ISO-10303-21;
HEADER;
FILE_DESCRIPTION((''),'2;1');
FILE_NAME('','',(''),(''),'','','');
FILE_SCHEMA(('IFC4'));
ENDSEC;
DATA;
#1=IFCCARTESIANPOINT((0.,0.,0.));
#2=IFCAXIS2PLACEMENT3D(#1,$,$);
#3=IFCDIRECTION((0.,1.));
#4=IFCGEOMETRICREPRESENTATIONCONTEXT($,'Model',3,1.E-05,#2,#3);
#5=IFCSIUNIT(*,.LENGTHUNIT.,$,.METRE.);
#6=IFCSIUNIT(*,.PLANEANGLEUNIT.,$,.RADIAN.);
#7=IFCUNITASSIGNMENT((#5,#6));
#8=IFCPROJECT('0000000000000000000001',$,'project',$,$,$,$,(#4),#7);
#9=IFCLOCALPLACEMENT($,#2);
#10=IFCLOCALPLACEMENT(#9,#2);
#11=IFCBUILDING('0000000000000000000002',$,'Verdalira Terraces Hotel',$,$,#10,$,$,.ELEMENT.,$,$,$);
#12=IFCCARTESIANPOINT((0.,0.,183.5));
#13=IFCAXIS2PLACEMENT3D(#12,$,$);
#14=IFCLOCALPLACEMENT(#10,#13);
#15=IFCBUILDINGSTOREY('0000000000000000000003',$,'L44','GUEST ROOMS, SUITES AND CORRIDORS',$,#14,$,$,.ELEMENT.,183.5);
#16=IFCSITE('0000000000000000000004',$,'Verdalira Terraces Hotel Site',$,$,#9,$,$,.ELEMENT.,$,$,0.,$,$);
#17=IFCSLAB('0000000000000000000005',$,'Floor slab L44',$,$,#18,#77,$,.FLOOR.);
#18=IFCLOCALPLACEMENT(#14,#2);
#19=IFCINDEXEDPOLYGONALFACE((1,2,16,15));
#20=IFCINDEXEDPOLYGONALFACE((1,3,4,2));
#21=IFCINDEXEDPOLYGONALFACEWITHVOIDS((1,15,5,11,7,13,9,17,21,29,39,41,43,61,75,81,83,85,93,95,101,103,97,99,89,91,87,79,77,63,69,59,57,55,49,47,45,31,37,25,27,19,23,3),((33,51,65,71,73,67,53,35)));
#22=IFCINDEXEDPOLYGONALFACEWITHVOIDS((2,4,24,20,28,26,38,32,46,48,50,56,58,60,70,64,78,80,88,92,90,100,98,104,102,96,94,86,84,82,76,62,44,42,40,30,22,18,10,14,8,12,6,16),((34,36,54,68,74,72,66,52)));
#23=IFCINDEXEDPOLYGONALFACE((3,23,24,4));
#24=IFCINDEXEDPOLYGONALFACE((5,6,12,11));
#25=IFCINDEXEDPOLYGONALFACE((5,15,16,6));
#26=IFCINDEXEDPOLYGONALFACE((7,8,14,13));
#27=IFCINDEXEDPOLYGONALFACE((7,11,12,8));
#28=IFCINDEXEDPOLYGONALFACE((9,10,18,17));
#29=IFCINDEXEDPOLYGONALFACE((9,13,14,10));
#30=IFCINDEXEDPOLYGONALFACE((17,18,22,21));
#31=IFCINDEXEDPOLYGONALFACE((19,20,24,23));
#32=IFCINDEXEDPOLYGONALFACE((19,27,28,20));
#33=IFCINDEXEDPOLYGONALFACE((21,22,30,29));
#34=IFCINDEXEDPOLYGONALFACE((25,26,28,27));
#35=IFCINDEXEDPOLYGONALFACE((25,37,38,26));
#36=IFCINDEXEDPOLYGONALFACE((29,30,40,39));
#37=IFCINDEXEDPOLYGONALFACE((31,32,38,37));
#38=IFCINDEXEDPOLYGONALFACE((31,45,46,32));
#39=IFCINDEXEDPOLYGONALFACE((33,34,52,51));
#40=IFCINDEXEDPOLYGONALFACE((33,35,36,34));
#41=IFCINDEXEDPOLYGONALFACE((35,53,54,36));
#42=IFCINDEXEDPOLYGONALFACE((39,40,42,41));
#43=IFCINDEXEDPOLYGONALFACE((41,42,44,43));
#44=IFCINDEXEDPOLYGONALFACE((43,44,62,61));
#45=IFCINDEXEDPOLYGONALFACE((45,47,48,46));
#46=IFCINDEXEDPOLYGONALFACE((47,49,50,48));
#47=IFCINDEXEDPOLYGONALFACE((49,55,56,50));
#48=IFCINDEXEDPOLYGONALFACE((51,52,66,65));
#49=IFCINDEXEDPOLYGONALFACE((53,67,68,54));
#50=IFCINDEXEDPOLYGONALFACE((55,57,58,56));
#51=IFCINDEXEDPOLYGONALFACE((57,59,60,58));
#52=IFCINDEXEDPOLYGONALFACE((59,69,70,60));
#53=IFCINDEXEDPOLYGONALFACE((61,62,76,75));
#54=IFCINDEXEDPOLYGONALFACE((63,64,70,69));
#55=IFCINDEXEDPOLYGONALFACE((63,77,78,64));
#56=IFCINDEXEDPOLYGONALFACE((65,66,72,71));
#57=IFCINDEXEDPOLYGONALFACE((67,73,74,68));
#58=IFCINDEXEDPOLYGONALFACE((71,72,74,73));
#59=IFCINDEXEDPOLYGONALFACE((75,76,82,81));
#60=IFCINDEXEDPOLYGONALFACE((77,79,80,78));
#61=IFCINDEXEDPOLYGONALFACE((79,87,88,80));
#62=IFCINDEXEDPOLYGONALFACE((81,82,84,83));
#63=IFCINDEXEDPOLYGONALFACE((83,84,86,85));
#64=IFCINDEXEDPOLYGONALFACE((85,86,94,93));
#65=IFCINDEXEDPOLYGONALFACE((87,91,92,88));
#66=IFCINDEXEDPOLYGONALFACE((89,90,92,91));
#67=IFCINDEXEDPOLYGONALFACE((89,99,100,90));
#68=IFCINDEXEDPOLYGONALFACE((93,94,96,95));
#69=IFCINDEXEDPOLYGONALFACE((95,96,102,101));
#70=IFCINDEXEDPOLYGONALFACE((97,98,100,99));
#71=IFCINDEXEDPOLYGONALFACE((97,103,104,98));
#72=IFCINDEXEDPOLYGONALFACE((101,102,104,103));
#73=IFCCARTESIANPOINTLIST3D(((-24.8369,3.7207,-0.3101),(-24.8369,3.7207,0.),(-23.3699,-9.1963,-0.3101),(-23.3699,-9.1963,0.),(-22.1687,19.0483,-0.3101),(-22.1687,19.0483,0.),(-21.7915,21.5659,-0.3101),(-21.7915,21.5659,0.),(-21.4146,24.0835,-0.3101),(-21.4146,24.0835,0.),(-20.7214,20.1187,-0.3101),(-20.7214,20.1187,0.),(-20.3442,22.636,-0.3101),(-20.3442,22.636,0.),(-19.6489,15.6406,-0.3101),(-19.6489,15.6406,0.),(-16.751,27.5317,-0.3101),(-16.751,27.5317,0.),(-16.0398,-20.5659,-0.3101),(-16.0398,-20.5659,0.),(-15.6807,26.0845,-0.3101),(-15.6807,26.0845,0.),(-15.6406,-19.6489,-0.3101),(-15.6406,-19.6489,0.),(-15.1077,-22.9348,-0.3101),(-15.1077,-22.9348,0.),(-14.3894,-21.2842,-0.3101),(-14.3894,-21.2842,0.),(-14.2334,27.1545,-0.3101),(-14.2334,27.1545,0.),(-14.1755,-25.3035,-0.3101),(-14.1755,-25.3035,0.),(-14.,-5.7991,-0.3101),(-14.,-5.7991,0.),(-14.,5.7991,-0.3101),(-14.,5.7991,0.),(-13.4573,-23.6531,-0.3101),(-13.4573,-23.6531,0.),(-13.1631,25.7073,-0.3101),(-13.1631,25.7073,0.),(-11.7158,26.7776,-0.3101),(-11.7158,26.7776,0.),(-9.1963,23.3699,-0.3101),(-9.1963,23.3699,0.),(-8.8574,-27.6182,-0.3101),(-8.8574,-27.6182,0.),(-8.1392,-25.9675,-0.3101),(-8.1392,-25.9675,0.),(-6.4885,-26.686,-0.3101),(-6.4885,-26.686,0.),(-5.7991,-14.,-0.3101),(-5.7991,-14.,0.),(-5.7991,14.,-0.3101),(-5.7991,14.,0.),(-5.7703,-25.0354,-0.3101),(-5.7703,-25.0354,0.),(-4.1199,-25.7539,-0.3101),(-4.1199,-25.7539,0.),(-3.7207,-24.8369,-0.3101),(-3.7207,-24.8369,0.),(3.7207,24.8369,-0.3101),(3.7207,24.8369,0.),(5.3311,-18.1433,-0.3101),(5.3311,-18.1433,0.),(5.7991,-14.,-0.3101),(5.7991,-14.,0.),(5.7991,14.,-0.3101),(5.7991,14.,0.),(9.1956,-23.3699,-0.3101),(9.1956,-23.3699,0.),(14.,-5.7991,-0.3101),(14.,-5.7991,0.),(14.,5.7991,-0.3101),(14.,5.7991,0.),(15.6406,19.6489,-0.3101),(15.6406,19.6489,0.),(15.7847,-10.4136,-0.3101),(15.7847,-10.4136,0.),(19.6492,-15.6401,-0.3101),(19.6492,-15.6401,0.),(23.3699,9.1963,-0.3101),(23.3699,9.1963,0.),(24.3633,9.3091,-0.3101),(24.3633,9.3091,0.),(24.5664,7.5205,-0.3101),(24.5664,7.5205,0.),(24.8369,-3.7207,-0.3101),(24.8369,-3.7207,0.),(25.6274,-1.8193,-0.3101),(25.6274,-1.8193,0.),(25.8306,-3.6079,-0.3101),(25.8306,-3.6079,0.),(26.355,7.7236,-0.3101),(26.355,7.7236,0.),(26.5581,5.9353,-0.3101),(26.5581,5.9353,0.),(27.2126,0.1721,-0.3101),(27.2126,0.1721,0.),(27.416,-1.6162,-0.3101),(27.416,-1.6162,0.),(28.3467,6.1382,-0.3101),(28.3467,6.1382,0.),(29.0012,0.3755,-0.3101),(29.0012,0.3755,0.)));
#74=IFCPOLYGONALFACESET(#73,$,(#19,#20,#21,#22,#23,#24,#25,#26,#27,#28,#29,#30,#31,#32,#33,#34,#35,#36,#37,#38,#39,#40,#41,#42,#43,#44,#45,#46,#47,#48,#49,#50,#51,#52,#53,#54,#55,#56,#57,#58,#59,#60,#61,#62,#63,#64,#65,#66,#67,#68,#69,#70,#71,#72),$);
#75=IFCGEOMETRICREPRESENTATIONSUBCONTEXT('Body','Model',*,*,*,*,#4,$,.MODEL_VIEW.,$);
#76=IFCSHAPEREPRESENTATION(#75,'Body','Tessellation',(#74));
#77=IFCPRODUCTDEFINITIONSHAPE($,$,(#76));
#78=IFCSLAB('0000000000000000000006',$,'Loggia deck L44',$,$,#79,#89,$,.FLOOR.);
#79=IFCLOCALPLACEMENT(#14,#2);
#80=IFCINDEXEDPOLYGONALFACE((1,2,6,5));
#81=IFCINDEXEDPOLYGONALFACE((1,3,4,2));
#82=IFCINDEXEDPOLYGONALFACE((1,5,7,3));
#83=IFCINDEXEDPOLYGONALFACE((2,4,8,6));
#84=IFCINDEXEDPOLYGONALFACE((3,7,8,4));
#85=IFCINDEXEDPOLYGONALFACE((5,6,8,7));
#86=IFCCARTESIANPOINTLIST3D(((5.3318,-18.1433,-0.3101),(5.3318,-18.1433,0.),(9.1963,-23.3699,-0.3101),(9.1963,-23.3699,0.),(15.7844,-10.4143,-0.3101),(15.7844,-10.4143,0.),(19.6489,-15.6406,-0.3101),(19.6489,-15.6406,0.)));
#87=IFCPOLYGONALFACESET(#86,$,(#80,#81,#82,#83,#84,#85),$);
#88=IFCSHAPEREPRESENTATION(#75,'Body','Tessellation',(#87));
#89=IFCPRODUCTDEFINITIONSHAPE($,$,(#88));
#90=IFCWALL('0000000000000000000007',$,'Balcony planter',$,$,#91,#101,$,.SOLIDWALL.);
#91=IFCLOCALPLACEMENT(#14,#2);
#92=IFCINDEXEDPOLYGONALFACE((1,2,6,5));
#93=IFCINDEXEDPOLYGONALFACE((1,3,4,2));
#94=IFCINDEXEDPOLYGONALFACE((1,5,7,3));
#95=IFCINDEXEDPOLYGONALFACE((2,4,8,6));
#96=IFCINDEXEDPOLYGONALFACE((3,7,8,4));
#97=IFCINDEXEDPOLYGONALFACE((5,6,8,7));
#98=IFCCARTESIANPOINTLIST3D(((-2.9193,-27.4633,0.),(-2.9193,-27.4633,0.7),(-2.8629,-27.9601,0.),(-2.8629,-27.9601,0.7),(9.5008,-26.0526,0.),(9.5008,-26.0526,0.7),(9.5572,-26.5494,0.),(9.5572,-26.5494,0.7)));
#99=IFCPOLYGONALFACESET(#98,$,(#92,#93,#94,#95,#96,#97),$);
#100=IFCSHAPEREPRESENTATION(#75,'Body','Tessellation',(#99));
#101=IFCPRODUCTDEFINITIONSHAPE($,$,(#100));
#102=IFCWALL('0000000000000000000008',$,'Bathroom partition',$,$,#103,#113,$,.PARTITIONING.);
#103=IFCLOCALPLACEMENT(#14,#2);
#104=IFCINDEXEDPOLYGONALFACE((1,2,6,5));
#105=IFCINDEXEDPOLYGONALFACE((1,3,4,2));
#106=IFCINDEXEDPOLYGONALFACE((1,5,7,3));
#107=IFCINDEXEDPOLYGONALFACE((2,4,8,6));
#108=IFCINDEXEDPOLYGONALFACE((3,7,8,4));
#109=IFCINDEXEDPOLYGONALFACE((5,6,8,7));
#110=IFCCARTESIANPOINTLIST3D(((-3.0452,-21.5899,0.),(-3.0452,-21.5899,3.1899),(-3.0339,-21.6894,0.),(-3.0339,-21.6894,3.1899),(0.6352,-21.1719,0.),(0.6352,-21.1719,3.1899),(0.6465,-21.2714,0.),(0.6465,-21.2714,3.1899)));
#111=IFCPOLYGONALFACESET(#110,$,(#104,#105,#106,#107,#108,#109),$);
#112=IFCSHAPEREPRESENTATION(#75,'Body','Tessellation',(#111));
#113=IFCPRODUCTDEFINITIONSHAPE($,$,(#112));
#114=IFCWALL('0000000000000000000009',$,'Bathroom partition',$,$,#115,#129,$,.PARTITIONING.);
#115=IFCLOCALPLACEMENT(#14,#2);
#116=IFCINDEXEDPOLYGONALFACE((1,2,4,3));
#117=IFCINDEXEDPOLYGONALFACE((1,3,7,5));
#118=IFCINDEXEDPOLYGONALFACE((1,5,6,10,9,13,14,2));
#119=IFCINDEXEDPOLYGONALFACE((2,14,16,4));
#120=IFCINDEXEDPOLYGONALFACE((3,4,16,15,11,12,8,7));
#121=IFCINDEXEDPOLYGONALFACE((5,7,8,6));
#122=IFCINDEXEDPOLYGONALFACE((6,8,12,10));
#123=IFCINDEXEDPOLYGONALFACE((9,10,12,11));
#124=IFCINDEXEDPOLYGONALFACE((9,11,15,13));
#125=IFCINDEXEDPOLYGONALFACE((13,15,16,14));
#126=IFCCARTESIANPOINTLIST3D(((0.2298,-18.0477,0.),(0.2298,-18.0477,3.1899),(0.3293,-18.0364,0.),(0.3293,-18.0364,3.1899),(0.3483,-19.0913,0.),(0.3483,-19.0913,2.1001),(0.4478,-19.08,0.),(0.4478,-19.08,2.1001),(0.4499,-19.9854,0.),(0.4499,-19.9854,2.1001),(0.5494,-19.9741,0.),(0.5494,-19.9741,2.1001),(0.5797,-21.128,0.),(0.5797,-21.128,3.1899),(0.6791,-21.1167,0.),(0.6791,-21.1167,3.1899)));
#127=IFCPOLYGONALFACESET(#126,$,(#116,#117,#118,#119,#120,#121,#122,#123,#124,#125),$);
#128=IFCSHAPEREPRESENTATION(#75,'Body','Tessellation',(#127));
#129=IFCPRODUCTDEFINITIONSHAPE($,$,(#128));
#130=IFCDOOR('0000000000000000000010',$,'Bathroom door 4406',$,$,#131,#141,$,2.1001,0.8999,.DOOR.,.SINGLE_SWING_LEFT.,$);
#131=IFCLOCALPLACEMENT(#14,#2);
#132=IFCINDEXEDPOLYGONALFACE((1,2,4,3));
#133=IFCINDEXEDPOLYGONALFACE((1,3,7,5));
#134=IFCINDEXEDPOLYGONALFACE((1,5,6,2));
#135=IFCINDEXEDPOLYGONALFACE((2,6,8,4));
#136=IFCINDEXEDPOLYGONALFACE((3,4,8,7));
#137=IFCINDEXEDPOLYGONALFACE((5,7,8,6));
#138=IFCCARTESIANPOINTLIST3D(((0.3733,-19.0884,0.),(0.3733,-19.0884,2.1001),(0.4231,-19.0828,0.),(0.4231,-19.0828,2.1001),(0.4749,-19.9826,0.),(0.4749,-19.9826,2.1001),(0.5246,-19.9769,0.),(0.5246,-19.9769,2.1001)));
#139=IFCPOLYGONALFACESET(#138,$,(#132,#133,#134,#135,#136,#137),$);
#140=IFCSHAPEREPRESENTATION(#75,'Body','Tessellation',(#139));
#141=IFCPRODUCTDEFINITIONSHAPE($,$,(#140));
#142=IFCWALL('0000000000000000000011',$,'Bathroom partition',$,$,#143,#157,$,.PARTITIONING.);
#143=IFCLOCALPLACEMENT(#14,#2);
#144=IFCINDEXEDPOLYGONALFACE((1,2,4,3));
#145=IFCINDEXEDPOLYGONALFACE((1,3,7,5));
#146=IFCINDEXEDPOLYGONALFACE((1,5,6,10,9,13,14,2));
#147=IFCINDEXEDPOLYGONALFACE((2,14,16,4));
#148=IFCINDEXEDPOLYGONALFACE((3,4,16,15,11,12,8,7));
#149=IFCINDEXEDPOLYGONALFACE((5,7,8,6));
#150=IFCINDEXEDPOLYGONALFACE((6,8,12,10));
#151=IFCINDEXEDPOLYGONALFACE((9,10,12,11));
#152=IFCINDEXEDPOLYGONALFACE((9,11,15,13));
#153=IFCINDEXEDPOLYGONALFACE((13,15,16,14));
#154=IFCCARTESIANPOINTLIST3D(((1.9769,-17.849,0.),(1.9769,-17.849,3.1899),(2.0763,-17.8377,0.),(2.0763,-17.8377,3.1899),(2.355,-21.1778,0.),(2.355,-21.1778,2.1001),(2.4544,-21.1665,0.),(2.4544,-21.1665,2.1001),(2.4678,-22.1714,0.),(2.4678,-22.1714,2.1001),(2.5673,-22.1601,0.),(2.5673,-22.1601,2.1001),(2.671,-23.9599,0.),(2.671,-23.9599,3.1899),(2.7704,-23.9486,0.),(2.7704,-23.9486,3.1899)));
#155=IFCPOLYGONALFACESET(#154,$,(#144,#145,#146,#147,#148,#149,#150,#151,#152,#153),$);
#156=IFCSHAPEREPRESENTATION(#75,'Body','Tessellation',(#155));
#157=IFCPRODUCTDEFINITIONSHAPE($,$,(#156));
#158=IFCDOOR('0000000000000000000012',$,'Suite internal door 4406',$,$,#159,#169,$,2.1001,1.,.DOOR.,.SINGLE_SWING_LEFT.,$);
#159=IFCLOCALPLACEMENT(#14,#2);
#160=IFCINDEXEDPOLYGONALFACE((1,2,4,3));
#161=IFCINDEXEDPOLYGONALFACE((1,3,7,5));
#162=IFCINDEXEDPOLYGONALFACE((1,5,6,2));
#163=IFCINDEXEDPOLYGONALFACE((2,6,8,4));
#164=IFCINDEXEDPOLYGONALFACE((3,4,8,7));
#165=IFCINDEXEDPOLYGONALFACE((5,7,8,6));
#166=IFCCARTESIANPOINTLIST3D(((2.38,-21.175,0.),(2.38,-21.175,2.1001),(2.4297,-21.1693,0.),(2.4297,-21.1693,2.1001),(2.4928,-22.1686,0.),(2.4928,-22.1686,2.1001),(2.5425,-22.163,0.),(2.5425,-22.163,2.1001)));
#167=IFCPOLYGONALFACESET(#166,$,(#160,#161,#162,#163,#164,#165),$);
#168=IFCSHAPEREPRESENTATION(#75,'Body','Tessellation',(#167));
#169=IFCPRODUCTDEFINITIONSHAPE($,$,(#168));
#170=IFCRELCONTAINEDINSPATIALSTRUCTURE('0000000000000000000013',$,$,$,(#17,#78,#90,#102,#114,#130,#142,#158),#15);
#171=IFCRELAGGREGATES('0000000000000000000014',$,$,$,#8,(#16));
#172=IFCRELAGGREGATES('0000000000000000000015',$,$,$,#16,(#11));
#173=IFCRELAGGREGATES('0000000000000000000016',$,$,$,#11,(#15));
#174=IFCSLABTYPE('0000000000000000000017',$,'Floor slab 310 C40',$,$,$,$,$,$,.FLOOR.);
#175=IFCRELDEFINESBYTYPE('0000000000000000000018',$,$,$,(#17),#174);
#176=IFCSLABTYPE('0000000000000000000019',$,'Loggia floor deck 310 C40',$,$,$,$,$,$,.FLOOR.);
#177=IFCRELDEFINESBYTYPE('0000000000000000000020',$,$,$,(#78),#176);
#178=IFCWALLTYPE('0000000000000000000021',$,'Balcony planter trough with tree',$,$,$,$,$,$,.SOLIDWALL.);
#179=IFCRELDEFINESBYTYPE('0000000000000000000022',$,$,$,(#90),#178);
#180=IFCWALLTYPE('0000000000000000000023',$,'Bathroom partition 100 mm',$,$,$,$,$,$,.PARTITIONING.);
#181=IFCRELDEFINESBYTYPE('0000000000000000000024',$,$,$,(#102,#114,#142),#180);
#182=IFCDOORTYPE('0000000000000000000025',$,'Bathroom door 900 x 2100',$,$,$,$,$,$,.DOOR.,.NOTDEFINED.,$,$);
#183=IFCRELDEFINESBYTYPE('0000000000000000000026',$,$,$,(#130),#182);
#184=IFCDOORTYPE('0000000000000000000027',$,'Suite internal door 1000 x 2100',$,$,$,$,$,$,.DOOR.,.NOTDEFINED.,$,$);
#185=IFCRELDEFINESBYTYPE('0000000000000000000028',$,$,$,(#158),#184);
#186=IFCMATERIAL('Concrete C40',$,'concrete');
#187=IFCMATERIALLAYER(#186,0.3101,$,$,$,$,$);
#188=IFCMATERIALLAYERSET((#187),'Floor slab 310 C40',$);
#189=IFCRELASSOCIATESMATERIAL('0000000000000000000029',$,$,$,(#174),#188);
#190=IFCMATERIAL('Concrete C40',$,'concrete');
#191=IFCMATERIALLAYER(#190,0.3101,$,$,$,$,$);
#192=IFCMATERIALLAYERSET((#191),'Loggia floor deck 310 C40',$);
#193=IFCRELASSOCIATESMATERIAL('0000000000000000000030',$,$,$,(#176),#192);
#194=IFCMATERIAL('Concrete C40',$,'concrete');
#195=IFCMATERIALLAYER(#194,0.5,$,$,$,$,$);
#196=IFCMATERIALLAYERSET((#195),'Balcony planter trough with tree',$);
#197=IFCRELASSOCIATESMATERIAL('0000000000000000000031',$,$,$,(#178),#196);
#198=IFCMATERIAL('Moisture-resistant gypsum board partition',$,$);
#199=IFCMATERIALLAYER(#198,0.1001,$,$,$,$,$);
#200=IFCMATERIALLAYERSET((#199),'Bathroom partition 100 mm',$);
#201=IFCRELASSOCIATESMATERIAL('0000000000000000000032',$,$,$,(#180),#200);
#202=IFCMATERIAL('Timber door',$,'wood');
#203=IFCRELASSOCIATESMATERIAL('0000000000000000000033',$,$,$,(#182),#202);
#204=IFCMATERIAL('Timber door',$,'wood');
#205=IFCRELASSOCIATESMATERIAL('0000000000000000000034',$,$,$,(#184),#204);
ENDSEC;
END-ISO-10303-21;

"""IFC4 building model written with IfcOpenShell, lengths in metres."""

from ifc_helpers import new_model, si_unit, direction, frame, frame_2d, origin, place, context, subcontext, project, spatial, polyline, rectangle, outline, extrude, material, layer, layer_set, type_object, element, fill, save


model = new_model("IFC4")

# Units and contexts
model_context = context("Model", 3, precision=1e-05, world=origin(), true_north=direction((0.0, 1.0)))
body_context = subcontext(model_context, "Body", "Model", "MODEL_VIEW")
ifc_project = project(units=[si_unit("LENGTHUNIT", "METRE"), si_unit("PLANEANGLEUNIT", "RADIAN")], contexts=[model_context])

# Site, building, storey
site_placement = place(None, origin())
site = spatial("IfcSite", under=ifc_project, at=site_placement, Name="Verdalira Terraces Hotel Site", CompositionType="ELEMENT", RefElevation=0.0)
building_placement = place(site_placement, origin())
building = spatial("IfcBuilding", under=site, at=building_placement, Name="Verdalira Terraces Hotel", CompositionType="ELEMENT")
storey_placement = place(building_placement, frame((0.0, 0.0, 183.5)))
storey = spatial("IfcBuildingStorey", under=building, at=storey_placement, Name="L44", Description="GUEST ROOMS, SUITES AND CORRIDORS", CompositionType="ELEMENT", Elevation=183.5)

# Slabs
ifc_material_1 = material(Name="Concrete C40", Category="concrete")
ifc_layer_1 = layer(ifc_material_1, 0.3101)
ifc_layer_set_1 = layer_set([ifc_layer_1], Name="Floor slab 310 C40")
slab_type_1 = type_object("IfcSlabType", Name="Floor slab 310 C40", PredefinedType="FLOOR", material=ifc_layer_set_1)
slab_1_placement = place(storey_placement, frame((0.0, 0.0, -0.3101)))
element("IfcSlab", 1, at=slab_1_placement, inside=storey, type_object=slab_type_1, Name="Floor slab L44", PredefinedType="FLOOR", context=body_context, shape_type="SweptSolid", body=[
    extrude(outline(polyline([(-4.1199, -25.7539), (-3.7207, -24.8369), (9.1956, -23.3699), (5.3311, -18.1433), (15.7847, -10.4136), (19.6492, -15.6401), (24.8369, -3.7207), (25.8306, -3.6079), (25.6274, -1.8193), (27.416, -1.6162), (27.2126, 0.1721), (29.0012, 0.3755), (28.3467, 6.1382), (26.5581, 5.9353), (26.355, 7.7236), (24.5664, 7.5205), (24.3633, 9.3091), (23.3699, 9.1963), (15.6406, 19.6489), (3.7207, 24.8369), (-9.1963, 23.3699), (-11.7158, 26.7776), (-13.1631, 25.7073), (-14.2334, 27.1545), (-15.6807, 26.0845), (-16.751, 27.5317), (-21.4146, 24.0835), (-20.3442, 22.636), (-21.7915, 21.5659), (-20.7214, 20.1187), (-22.1687, 19.0483), (-19.6489, 15.6406), (-24.8369, 3.7207), (-23.3699, -9.1963), (-15.6406, -19.6489), (-16.0398, -20.5659), (-14.3894, -21.2842), (-15.1077, -22.9348), (-13.4573, -23.6531), (-14.1755, -25.3035), (-8.8574, -27.6182), (-8.1392, -25.9675), (-6.4885, -26.686), (-5.7703, -25.0354), (-4.1199, -25.7539)]), holes=[polyline([(5.7991, 14.0), (14.0, 5.7991), (14.0, -5.7991), (5.7991, -14.0), (-5.7991, -14.0), (-14.0, -5.7991), (-14.0, 5.7991), (-5.7991, 14.0), (5.7991, 14.0)])]), origin(), (0.0, 0.0, 1.0), 0.3101),
])
ifc_material_2 = material(Name="Concrete C40", Category="concrete")
ifc_layer_2 = layer(ifc_material_2, 0.3101)
ifc_layer_set_2 = layer_set([ifc_layer_2], Name="Loggia floor deck 310 C40")
slab_type_2 = type_object("IfcSlabType", Name="Loggia floor deck 310 C40", PredefinedType="FLOOR", material=ifc_layer_set_2)
slab_2_placement = place(storey_placement, frame((0.0, 0.0, -0.3101)))
element("IfcSlab", 2, at=slab_2_placement, inside=storey, type_object=slab_type_2, Name="Loggia deck L44", PredefinedType="FLOOR", context=body_context, shape_type="SweptSolid", body=[
    extrude(outline(polyline([(5.3318, -18.1433), (9.1963, -23.3699), (19.6489, -15.6406), (15.7844, -10.4143), (5.3318, -18.1433)])), origin(), (0.0, 0.0, 1.0), 0.3101),
])

# Walls
ifc_material_3 = material(Name="Concrete C40", Category="concrete")
ifc_layer_3 = layer(ifc_material_3, 0.5)
ifc_layer_set_3 = layer_set([ifc_layer_3], Name="Balcony planter trough with tree")
wall_type_1 = type_object("IfcWallType", Name="Balcony planter trough with tree", PredefinedType="SOLIDWALL", material=ifc_layer_set_3)
wall_1_placement = place(storey_placement, frame((-2.8911, -27.7117, 0.0), z_axis=(0.0, 0.0, 1.0), x_axis=(0.993612, 0.112851, 0.0)))
element("IfcWall", 3, at=wall_1_placement, inside=storey, type_object=wall_type_1, Name="Balcony planter", PredefinedType="SOLIDWALL", context=body_context, shape_type="SweptSolid", body=[
    extrude(rectangle(XDim=12.5, YDim=0.5, at=frame_2d((6.25, 0.0))), origin(), (0.0, 0.0, 1.0), 0.7),
])
ifc_material_4 = material(Name="Moisture-resistant gypsum board partition")
ifc_layer_4 = layer(ifc_material_4, 0.1001)
ifc_layer_set_4 = layer_set([ifc_layer_4], Name="Bathroom partition 100 mm")
wall_type_2 = type_object("IfcWallType", Name="Bathroom partition 100 mm", PredefinedType="PARTITIONING", material=ifc_layer_set_4)
wall_2_placement = place(storey_placement, frame((-3.0396, -21.6396, 0.0), z_axis=(0.0, 0.0, 1.0), x_axis=(0.993613, 0.11284, 0.0)))
element("IfcWall", 4, at=wall_2_placement, inside=storey, type_object=wall_type_2, Name="Bathroom partition", PredefinedType="PARTITIONING", context=body_context, shape_type="SweptSolid", body=[
    extrude(rectangle(XDim=3.7041, YDim=0.1001, at=frame_2d((1.8521, 0.0))), origin(), (0.0, 0.0, 1.0), 3.1899),
])

# Walls, openings, doors
wall_3_placement = place(storey_placement, frame((0.6294, -21.1223, 0.0), z_axis=(0.0, 0.0, 1.0), x_axis=(-0.112851, 0.993612, 0.0)))
wall_3 = element("IfcWall", 5, at=wall_3_placement, inside=storey, type_object=wall_type_2, Name="Bathroom partition", PredefinedType="PARTITIONING", context=body_context, shape_type="SweptSolid", body=[
    extrude(rectangle(XDim=3.1001, YDim=0.1001, at=frame_2d((1.55, 0.0))), origin(), (0.0, 0.0, 1.0), 3.1899),
])
opening_1_placement = place(wall_3_placement, frame((1.1499, 0.0, 0.0)))
opening_1 = element("IfcOpeningElement", 6, at=opening_1_placement, cuts=wall_3, PredefinedType="OPENING", context=body_context, shape_type="SweptSolid", body=[
    extrude(rectangle(XDim=0.8999, YDim=2.1001, at=frame_2d((0.45, 1.05))), frame((0.0, 0.0601, 0.0), z_axis=(0.0, -1.0, 0.0), x_axis=(1.0, 0.0, 0.0)), (0.0, 0.0, 1.0), 0.1201),
])
ifc_material_5 = material(Name="Timber door", Category="wood")
door_type_1 = type_object("IfcDoorType", Name="Bathroom door 900 x 2100", OperationType="NOTDEFINED", PredefinedType="DOOR", material=ifc_material_5)
door_1_placement = place(opening_1_placement, origin())
door_1 = element("IfcDoor", 7, at=door_1_placement, inside=storey, type_object=door_type_1, Name="Bathroom door 4406", OperationType="SINGLE_SWING_LEFT", OverallHeight=2.1001, OverallWidth=0.8999, PredefinedType="DOOR", context=body_context, shape_type="SweptSolid", body=[
    extrude(rectangle(XDim=0.8999, YDim=2.1001, at=frame_2d((0.45, 1.05))), frame((0.0, 0.0249, 0.0), z_axis=(0.0, -1.0, 0.0), x_axis=(1.0, 0.0, 0.0)), (0.0, 0.0, 1.0), 0.05),
])
fill(opening_1, door_1)
wall_4_placement = place(storey_placement, frame((2.7207, -23.9543, 0.0), z_axis=(0.0, 0.0, 1.0), x_axis=(-0.112858, 0.993611, 0.0)))
wall_4 = element("IfcWall", 8, at=wall_4_placement, inside=storey, type_object=wall_type_2, Name="Bathroom partition", PredefinedType="PARTITIONING", context=body_context, shape_type="SweptSolid", body=[
    extrude(rectangle(XDim=6.1501, YDim=0.1001, at=frame_2d((3.0752, 0.0))), origin(), (0.0, 0.0, 1.0), 3.1899),
])
opening_2_placement = place(wall_4_placement, frame((1.8, 0.0, 0.0)))
opening_2 = element("IfcOpeningElement", 9, at=opening_2_placement, cuts=wall_4, PredefinedType="OPENING", context=body_context, shape_type="SweptSolid", body=[
    extrude(rectangle(XDim=1.0, YDim=2.1001, at=frame_2d((0.5, 1.05))), frame((0.0, 0.0601, 0.0), z_axis=(0.0, -1.0, 0.0), x_axis=(1.0, 0.0, 0.0)), (0.0, 0.0, 1.0), 0.1201),
])
ifc_material_6 = material(Name="Timber door", Category="wood")
door_type_2 = type_object("IfcDoorType", Name="Suite internal door 1000 x 2100", OperationType="NOTDEFINED", PredefinedType="DOOR", material=ifc_material_6)
door_2_placement = place(opening_2_placement, origin())
door_2 = element("IfcDoor", 10, at=door_2_placement, inside=storey, type_object=door_type_2, Name="Suite internal door 4406", OperationType="SINGLE_SWING_LEFT", OverallHeight=2.1001, OverallWidth=1.0, PredefinedType="DOOR", context=body_context, shape_type="SweptSolid", body=[
    extrude(rectangle(XDim=1.0, YDim=2.1001, at=frame_2d((0.5, 1.05))), frame((0.0, 0.0249, 0.0), z_axis=(0.0, -1.0, 0.0), x_axis=(1.0, 0.0, 0.0)), (0.0, 0.0, 1.0), 0.05),
])
fill(opening_2, door_2)

save(model, "model.ifc")
